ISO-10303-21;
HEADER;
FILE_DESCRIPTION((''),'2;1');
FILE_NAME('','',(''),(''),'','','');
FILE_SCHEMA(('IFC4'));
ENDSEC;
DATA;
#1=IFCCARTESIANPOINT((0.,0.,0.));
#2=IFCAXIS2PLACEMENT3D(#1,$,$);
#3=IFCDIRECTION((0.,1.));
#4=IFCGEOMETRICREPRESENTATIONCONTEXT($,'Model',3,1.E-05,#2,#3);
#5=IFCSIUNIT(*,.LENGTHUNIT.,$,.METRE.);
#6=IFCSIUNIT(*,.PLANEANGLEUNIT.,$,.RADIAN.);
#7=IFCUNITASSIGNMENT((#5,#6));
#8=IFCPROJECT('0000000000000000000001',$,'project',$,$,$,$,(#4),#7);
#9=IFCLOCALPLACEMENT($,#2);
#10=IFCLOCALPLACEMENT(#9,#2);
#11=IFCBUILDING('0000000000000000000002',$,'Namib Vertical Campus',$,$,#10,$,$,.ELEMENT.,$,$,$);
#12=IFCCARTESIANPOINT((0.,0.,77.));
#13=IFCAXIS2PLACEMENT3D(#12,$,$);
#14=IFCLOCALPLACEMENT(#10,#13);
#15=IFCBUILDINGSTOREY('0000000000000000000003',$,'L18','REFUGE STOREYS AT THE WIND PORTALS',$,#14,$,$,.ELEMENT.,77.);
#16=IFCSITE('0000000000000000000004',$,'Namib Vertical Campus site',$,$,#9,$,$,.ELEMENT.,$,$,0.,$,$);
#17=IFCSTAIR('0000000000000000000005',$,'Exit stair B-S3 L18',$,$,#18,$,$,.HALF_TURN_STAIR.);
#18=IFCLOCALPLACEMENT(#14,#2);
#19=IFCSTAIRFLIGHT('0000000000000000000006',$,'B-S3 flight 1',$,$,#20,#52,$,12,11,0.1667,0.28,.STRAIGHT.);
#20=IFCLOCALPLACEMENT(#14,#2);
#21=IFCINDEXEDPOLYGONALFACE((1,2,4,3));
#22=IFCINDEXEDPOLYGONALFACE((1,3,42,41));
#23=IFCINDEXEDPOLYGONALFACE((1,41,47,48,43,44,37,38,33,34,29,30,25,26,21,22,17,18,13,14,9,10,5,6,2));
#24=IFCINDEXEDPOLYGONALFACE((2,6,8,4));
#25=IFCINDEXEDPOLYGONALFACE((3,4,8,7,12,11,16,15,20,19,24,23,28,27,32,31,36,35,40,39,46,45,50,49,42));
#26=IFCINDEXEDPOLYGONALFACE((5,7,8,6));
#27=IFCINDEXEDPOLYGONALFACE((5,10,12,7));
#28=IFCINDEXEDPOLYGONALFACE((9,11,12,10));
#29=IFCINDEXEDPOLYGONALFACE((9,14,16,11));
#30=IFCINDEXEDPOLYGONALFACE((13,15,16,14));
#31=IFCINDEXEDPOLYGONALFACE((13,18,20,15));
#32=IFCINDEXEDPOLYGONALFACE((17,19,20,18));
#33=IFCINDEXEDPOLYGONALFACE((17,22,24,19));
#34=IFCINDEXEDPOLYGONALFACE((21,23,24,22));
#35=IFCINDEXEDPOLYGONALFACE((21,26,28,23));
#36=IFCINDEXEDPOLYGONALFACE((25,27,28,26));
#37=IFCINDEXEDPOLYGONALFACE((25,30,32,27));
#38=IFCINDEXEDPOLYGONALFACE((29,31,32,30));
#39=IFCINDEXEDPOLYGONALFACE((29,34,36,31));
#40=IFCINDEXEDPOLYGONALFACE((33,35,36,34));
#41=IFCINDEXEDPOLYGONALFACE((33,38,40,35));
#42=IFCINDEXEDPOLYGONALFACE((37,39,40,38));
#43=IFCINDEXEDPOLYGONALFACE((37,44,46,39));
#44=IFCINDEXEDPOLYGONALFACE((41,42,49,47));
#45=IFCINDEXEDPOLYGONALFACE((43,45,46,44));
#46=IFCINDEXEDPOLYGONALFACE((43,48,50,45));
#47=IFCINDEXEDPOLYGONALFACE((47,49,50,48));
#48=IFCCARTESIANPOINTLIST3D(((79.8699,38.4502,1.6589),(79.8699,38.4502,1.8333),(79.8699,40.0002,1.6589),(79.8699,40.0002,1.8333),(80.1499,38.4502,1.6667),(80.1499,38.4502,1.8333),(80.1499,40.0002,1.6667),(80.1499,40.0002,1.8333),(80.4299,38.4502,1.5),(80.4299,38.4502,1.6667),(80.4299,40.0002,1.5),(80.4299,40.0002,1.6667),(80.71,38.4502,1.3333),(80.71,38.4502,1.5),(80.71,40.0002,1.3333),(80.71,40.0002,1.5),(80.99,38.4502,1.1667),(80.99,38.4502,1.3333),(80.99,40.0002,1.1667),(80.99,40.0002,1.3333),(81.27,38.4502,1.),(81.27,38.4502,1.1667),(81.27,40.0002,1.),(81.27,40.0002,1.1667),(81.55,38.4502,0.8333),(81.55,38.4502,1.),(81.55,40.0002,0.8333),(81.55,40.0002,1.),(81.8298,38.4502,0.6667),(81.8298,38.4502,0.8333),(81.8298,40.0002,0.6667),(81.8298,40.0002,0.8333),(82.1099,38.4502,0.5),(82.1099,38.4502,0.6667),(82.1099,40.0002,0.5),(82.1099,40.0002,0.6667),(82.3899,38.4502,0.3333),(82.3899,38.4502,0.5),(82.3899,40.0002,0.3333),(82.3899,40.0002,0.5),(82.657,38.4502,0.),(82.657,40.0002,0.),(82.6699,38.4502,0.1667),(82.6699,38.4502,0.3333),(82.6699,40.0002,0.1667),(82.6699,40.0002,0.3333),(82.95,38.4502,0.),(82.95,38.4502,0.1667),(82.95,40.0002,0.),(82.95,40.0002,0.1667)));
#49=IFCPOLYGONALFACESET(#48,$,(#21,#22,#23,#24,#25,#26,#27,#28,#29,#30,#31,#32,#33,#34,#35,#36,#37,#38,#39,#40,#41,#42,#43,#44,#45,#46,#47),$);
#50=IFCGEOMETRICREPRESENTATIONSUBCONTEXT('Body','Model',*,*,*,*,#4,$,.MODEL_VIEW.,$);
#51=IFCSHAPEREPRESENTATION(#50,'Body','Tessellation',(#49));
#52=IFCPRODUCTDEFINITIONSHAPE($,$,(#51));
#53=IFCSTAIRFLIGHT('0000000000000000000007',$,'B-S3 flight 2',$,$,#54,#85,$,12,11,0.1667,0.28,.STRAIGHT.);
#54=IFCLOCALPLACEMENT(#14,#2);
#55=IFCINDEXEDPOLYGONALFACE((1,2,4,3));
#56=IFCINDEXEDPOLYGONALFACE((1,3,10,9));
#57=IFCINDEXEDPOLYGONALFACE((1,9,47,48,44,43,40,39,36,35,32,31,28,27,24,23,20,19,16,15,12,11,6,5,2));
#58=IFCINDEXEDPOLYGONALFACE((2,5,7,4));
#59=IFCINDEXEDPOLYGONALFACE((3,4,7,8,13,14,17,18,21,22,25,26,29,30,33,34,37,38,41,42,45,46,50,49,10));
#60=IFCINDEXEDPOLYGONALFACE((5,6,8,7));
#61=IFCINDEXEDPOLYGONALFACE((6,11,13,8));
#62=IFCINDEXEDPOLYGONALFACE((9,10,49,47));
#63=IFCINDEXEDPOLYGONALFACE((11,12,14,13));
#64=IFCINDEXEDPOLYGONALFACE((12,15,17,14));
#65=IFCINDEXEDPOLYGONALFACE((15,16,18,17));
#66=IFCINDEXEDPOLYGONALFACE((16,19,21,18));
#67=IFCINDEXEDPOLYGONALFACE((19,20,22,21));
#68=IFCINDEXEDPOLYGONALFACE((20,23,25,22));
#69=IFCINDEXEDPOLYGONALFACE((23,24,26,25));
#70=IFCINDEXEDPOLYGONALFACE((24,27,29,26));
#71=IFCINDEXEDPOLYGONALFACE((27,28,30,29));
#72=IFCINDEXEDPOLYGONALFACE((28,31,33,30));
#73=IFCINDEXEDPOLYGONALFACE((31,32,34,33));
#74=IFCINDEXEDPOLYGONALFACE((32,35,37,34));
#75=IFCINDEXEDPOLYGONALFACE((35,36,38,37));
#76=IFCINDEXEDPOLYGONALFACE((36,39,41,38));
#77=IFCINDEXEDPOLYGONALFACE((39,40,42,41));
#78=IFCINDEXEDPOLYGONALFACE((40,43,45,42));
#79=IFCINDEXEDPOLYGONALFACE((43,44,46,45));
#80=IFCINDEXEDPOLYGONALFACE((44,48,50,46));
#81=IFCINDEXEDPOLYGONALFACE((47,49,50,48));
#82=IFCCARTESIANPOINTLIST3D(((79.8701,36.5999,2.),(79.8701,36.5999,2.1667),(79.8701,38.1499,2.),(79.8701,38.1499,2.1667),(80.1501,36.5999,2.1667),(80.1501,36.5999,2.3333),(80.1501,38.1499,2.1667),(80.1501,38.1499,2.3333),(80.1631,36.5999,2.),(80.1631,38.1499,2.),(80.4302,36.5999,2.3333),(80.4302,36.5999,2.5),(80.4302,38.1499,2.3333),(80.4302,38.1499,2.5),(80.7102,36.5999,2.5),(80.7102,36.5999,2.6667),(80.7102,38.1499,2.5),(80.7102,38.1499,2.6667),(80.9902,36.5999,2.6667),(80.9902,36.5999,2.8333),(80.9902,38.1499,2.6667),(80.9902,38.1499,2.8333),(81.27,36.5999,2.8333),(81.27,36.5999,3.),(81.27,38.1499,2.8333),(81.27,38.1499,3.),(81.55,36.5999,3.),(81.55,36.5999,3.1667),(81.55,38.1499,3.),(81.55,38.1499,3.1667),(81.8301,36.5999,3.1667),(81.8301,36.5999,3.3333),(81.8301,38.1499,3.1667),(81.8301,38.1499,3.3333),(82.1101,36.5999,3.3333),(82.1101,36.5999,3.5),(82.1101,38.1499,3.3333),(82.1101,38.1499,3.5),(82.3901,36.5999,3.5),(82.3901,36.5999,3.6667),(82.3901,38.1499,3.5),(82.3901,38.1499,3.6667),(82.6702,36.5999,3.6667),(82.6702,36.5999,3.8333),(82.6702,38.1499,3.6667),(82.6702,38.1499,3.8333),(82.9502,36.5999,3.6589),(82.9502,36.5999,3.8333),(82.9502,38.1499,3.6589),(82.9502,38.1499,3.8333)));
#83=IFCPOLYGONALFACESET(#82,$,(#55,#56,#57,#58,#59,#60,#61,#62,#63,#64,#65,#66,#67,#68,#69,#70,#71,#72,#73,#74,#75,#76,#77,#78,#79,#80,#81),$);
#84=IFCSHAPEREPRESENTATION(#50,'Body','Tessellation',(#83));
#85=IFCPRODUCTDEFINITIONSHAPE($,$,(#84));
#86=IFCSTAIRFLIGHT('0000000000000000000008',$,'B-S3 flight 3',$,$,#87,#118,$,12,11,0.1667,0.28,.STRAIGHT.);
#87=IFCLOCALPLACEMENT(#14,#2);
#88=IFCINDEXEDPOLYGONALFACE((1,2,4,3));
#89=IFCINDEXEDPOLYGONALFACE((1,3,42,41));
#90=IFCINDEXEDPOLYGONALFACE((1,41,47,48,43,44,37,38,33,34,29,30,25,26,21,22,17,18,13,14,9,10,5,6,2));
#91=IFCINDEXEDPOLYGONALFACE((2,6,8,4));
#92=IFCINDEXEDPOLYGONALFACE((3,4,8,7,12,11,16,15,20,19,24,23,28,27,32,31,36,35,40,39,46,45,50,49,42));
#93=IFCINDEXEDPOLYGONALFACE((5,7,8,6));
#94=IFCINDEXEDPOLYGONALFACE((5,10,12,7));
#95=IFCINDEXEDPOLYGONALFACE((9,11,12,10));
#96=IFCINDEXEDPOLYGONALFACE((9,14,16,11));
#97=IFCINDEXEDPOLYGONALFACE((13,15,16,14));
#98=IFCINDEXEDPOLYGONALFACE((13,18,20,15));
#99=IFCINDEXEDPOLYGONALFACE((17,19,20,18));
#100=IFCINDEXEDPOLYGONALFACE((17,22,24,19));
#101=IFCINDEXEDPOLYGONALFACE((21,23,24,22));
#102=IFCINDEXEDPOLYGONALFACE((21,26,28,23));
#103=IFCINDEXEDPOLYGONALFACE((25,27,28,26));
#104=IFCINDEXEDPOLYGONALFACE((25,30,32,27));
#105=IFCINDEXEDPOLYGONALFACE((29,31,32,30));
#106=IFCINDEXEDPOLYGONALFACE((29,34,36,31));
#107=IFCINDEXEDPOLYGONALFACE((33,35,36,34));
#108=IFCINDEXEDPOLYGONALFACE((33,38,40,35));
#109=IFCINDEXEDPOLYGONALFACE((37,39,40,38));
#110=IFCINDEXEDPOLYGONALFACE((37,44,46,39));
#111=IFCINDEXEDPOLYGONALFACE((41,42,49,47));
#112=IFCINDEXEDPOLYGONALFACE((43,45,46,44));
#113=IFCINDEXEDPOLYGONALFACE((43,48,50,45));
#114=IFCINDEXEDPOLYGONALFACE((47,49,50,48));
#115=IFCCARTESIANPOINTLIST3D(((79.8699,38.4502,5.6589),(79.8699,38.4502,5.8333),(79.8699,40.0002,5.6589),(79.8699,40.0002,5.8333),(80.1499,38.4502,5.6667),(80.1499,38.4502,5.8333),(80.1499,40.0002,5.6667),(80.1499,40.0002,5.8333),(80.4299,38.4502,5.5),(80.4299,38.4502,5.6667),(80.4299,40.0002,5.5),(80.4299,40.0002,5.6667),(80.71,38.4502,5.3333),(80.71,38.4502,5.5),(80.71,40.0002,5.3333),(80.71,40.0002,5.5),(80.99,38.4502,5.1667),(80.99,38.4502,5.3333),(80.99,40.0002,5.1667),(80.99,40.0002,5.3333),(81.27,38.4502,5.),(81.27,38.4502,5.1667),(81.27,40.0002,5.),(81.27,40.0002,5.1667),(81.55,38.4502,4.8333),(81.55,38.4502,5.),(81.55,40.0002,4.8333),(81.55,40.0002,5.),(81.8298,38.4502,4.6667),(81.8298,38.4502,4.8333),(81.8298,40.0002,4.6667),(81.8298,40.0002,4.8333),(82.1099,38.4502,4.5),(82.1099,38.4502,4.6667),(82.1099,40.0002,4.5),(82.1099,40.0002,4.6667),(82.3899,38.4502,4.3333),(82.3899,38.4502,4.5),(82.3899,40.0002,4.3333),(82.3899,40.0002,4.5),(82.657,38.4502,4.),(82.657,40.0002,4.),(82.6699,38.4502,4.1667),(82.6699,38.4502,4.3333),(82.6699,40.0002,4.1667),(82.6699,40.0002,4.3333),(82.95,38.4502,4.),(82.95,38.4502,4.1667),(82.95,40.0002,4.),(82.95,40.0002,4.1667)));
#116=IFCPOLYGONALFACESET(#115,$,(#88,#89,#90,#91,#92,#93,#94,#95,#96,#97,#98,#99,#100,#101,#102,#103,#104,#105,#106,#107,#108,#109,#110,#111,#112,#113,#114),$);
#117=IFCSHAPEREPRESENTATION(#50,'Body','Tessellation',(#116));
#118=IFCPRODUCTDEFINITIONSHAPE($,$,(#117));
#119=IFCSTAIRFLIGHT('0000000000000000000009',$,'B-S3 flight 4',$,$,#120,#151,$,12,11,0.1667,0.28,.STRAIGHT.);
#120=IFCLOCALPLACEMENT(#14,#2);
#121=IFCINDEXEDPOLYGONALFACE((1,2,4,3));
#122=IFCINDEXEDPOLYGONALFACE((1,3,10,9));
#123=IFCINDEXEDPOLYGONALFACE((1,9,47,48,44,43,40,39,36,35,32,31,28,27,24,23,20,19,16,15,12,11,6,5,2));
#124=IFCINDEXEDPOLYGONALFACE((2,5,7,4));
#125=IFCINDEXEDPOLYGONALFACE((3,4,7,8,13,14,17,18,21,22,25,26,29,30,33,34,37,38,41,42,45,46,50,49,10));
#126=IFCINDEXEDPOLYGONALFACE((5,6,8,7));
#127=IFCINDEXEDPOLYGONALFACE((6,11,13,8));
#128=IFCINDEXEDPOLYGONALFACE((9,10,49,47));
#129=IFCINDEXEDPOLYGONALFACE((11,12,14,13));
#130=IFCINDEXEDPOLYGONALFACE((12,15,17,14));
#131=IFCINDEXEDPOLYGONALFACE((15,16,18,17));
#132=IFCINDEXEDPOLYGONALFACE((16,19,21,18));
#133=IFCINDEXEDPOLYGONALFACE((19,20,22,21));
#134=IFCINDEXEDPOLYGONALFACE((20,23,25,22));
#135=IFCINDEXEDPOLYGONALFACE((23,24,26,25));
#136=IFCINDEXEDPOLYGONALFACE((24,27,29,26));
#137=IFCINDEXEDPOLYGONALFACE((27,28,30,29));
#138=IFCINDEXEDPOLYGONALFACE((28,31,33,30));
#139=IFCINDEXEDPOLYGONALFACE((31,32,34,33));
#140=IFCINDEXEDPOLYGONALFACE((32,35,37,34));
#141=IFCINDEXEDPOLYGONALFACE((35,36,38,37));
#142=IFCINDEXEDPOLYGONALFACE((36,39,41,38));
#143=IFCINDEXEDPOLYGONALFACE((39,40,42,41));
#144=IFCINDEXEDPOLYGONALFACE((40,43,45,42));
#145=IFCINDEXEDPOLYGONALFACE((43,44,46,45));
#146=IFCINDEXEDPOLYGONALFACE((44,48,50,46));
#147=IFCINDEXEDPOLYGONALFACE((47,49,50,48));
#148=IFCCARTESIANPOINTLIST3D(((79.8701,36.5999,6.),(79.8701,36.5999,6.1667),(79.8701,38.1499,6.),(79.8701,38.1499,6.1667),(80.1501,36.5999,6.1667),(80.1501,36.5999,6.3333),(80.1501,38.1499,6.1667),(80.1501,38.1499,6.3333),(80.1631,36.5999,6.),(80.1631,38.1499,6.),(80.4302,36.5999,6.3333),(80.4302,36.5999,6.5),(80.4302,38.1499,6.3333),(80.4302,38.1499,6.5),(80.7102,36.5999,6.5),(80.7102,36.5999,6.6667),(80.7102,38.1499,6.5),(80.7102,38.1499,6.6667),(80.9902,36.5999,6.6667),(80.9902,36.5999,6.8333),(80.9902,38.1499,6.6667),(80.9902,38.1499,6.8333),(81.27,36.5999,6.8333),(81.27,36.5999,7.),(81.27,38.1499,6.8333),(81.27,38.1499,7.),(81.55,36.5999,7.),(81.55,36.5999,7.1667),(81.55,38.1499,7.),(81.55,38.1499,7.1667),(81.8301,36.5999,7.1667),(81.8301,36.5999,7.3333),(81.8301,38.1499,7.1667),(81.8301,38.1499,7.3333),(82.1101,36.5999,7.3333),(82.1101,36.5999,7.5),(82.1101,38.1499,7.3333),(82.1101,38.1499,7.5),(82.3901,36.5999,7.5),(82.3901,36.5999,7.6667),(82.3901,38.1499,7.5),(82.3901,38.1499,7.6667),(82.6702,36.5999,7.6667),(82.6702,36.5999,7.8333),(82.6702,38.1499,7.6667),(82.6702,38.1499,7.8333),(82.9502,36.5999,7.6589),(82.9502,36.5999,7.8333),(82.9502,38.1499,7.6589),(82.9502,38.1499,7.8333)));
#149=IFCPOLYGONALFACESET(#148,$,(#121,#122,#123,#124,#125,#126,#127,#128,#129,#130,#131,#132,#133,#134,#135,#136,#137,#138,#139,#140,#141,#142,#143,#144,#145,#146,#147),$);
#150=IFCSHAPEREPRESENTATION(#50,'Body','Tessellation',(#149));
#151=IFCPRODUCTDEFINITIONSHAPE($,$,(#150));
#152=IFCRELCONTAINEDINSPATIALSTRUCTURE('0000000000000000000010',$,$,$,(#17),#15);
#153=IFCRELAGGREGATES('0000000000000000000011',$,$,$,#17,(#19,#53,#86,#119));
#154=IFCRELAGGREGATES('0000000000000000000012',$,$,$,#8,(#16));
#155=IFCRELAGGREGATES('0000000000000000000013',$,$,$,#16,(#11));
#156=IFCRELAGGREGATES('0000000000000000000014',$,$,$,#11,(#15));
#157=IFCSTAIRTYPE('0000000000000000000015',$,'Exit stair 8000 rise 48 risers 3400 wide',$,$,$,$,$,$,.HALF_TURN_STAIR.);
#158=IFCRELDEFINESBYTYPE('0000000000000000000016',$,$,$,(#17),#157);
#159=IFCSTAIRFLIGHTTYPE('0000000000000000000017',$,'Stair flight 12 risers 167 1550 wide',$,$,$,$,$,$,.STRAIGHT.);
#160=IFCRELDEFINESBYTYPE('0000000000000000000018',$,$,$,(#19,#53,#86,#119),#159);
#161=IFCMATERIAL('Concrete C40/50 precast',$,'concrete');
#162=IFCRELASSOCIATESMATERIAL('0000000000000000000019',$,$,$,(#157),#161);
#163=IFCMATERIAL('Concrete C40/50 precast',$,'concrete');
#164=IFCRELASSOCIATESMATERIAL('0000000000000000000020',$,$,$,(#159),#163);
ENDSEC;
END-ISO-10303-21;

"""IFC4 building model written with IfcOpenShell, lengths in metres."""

from ifc_helpers import new_model, si_unit, direction, frame, origin, place, context, subcontext, project, spatial, polyline, outline, extrude, material, type_object, element, aggregate, save


model = new_model("IFC4")

# Units and contexts
model_context = context("Model", 3, precision=1e-05, world=origin(), true_north=direction((0.0, 1.0)))
body_context = subcontext(model_context, "Body", "Model", "MODEL_VIEW")
ifc_project = project(units=[si_unit("LENGTHUNIT", "METRE"), si_unit("PLANEANGLEUNIT", "RADIAN")], contexts=[model_context])

# Site, building, storey
site_placement = place(None, origin())
site = spatial("IfcSite", under=ifc_project, at=site_placement, Name="Namib Vertical Campus site", CompositionType="ELEMENT", RefElevation=0.0)
building_placement = place(site_placement, origin())
building = spatial("IfcBuilding", under=site, at=building_placement, Name="Namib Vertical Campus", CompositionType="ELEMENT")
storey_placement = place(building_placement, frame((0.0, 0.0, 77.0)))
storey = spatial("IfcBuildingStorey", under=building, at=storey_placement, Name="L18", Description="REFUGE STOREYS AT THE WIND PORTALS", CompositionType="ELEMENT", Elevation=77.0)

# Stair, stair flights
ifc_material_1 = material(Name="Concrete C40/50 precast", Category="concrete")
stair_type = type_object("IfcStairType", Name="Exit stair 8000 rise 48 risers 3400 wide", PredefinedType="HALF_TURN_STAIR", material=ifc_material_1)
ifc_material_2 = material(Name="Concrete C40/50 precast", Category="concrete")
stair_flight_type = type_object("IfcStairFlightType", Name="Stair flight 12 risers 167 1550 wide", PredefinedType="STRAIGHT", material=ifc_material_2)
stair_1_placement = place(storey_placement, origin())
stair_1 = element("IfcStair", 1, at=stair_1_placement, inside=storey, type_object=stair_type, Name="Exit stair B-S3 L18", PredefinedType="HALF_TURN_STAIR")
stair_flight_1_placement = place(storey_placement, frame((82.95, 39.2251, 0.0), z_axis=(0.0, 0.0, 1.0), x_axis=(-1.0, 0.0, 0.0)))
stair_flight_1 = element("IfcStairFlight", 2, at=stair_flight_1_placement, type_object=stair_flight_type, Name="B-S3 flight 1", NumberOfRisers=12, NumberOfTreads=11, PredefinedType="STRAIGHT", RiserHeight=0.1667, TreadLength=0.28, context=body_context, shape_type="SweptSolid", body=[
    extrude(outline(polyline([(0.0, 0.0), (0.0, 0.1667), (0.28, 0.1667), (0.28, 0.3333), (0.5601, 0.3333), (0.5601, 0.5), (0.8401, 0.5), (0.8401, 0.6667), (1.1201, 0.6667), (1.1201, 0.8333), (1.3999, 0.8333), (1.3999, 1.0), (1.6799, 1.0), (1.6799, 1.1667), (1.96, 1.1667), (1.96, 1.3333), (2.24, 1.3333), (2.24, 1.5), (2.52, 1.5), (2.52, 1.6667), (2.8, 1.6667), (2.8, 1.8333), (3.0801, 1.8333), (3.0801, 2.0), (3.0801, 1.6589), (0.293, 0.0), (0.0, 0.0)])), frame((0.0, 0.7749, 0.0), z_axis=(0.0, -1.0, 0.0), x_axis=(1.0, 0.0, 0.0)), (0.0, 0.0, 1.0), 1.55),
])
stair_flight_2_placement = place(storey_placement, frame((79.8701, 37.375, 2.0), z_axis=(0.0, 0.0, 1.0), x_axis=(1.0, 0.0, 0.0)))
stair_flight_2 = element("IfcStairFlight", 3, at=stair_flight_2_placement, type_object=stair_flight_type, Name="B-S3 flight 2", NumberOfRisers=12, NumberOfTreads=11, PredefinedType="STRAIGHT", RiserHeight=0.1667, TreadLength=0.28, context=body_context, shape_type="SweptSolid", body=[
    extrude(outline(polyline([(0.0, 0.0), (0.0, 0.1667), (0.28, 0.1667), (0.28, 0.3333), (0.5601, 0.3333), (0.5601, 0.5), (0.8401, 0.5), (0.8401, 0.6667), (1.1201, 0.6667), (1.1201, 0.8333), (1.3999, 0.8333), (1.3999, 1.0), (1.6799, 1.0), (1.6799, 1.1667), (1.96, 1.1667), (1.96, 1.3333), (2.24, 1.3333), (2.24, 1.5), (2.52, 1.5), (2.52, 1.6667), (2.8, 1.6667), (2.8, 1.8333), (3.0801, 1.8333), (3.0801, 2.0), (3.0801, 1.6589), (0.293, 0.0), (0.0, 0.0)])), frame((0.0, 0.7749, 0.0), z_axis=(0.0, -1.0, 0.0), x_axis=(1.0, 0.0, 0.0)), (0.0, 0.0, 1.0), 1.55),
])
stair_flight_3_placement = place(storey_placement, frame((82.95, 39.2251, 4.0), z_axis=(0.0, 0.0, 1.0), x_axis=(-1.0, 0.0, 0.0)))
stair_flight_3 = element("IfcStairFlight", 4, at=stair_flight_3_placement, type_object=stair_flight_type, Name="B-S3 flight 3", NumberOfRisers=12, NumberOfTreads=11, PredefinedType="STRAIGHT", RiserHeight=0.1667, TreadLength=0.28, context=body_context, shape_type="SweptSolid", body=[
    extrude(outline(polyline([(0.0, 0.0), (0.0, 0.1667), (0.28, 0.1667), (0.28, 0.3333), (0.5601, 0.3333), (0.5601, 0.5), (0.8401, 0.5), (0.8401, 0.6667), (1.1201, 0.6667), (1.1201, 0.8333), (1.3999, 0.8333), (1.3999, 1.0), (1.6799, 1.0), (1.6799, 1.1667), (1.96, 1.1667), (1.96, 1.3333), (2.24, 1.3333), (2.24, 1.5), (2.52, 1.5), (2.52, 1.6667), (2.8, 1.6667), (2.8, 1.8333), (3.0801, 1.8333), (3.0801, 2.0), (3.0801, 1.6589), (0.293, 0.0), (0.0, 0.0)])), frame((0.0, 0.7749, 0.0), z_axis=(0.0, -1.0, 0.0), x_axis=(1.0, 0.0, 0.0)), (0.0, 0.0, 1.0), 1.55),
])
stair_flight_4_placement = place(storey_placement, frame((79.8701, 37.375, 6.0), z_axis=(0.0, 0.0, 1.0), x_axis=(1.0, 0.0, 0.0)))
stair_flight_4 = element("IfcStairFlight", 5, at=stair_flight_4_placement, type_object=stair_flight_type, Name="B-S3 flight 4", NumberOfRisers=12, NumberOfTreads=11, PredefinedType="STRAIGHT", RiserHeight=0.1667, TreadLength=0.28, context=body_context, shape_type="SweptSolid", body=[
    extrude(outline(polyline([(0.0, 0.0), (0.0, 0.1667), (0.28, 0.1667), (0.28, 0.3333), (0.5601, 0.3333), (0.5601, 0.5), (0.8401, 0.5), (0.8401, 0.6667), (1.1201, 0.6667), (1.1201, 0.8333), (1.3999, 0.8333), (1.3999, 1.0), (1.6799, 1.0), (1.6799, 1.1667), (1.96, 1.1667), (1.96, 1.3333), (2.24, 1.3333), (2.24, 1.5), (2.52, 1.5), (2.52, 1.6667), (2.8, 1.6667), (2.8, 1.8333), (3.0801, 1.8333), (3.0801, 2.0), (3.0801, 1.6589), (0.293, 0.0), (0.0, 0.0)])), frame((0.0, 0.7749, 0.0), z_axis=(0.0, -1.0, 0.0), x_axis=(1.0, 0.0, 0.0)), (0.0, 0.0, 1.0), 1.55),
])
aggregate(stair_1, [stair_flight_1, stair_flight_2, stair_flight_3, stair_flight_4])

save(model, "model.ifc")
